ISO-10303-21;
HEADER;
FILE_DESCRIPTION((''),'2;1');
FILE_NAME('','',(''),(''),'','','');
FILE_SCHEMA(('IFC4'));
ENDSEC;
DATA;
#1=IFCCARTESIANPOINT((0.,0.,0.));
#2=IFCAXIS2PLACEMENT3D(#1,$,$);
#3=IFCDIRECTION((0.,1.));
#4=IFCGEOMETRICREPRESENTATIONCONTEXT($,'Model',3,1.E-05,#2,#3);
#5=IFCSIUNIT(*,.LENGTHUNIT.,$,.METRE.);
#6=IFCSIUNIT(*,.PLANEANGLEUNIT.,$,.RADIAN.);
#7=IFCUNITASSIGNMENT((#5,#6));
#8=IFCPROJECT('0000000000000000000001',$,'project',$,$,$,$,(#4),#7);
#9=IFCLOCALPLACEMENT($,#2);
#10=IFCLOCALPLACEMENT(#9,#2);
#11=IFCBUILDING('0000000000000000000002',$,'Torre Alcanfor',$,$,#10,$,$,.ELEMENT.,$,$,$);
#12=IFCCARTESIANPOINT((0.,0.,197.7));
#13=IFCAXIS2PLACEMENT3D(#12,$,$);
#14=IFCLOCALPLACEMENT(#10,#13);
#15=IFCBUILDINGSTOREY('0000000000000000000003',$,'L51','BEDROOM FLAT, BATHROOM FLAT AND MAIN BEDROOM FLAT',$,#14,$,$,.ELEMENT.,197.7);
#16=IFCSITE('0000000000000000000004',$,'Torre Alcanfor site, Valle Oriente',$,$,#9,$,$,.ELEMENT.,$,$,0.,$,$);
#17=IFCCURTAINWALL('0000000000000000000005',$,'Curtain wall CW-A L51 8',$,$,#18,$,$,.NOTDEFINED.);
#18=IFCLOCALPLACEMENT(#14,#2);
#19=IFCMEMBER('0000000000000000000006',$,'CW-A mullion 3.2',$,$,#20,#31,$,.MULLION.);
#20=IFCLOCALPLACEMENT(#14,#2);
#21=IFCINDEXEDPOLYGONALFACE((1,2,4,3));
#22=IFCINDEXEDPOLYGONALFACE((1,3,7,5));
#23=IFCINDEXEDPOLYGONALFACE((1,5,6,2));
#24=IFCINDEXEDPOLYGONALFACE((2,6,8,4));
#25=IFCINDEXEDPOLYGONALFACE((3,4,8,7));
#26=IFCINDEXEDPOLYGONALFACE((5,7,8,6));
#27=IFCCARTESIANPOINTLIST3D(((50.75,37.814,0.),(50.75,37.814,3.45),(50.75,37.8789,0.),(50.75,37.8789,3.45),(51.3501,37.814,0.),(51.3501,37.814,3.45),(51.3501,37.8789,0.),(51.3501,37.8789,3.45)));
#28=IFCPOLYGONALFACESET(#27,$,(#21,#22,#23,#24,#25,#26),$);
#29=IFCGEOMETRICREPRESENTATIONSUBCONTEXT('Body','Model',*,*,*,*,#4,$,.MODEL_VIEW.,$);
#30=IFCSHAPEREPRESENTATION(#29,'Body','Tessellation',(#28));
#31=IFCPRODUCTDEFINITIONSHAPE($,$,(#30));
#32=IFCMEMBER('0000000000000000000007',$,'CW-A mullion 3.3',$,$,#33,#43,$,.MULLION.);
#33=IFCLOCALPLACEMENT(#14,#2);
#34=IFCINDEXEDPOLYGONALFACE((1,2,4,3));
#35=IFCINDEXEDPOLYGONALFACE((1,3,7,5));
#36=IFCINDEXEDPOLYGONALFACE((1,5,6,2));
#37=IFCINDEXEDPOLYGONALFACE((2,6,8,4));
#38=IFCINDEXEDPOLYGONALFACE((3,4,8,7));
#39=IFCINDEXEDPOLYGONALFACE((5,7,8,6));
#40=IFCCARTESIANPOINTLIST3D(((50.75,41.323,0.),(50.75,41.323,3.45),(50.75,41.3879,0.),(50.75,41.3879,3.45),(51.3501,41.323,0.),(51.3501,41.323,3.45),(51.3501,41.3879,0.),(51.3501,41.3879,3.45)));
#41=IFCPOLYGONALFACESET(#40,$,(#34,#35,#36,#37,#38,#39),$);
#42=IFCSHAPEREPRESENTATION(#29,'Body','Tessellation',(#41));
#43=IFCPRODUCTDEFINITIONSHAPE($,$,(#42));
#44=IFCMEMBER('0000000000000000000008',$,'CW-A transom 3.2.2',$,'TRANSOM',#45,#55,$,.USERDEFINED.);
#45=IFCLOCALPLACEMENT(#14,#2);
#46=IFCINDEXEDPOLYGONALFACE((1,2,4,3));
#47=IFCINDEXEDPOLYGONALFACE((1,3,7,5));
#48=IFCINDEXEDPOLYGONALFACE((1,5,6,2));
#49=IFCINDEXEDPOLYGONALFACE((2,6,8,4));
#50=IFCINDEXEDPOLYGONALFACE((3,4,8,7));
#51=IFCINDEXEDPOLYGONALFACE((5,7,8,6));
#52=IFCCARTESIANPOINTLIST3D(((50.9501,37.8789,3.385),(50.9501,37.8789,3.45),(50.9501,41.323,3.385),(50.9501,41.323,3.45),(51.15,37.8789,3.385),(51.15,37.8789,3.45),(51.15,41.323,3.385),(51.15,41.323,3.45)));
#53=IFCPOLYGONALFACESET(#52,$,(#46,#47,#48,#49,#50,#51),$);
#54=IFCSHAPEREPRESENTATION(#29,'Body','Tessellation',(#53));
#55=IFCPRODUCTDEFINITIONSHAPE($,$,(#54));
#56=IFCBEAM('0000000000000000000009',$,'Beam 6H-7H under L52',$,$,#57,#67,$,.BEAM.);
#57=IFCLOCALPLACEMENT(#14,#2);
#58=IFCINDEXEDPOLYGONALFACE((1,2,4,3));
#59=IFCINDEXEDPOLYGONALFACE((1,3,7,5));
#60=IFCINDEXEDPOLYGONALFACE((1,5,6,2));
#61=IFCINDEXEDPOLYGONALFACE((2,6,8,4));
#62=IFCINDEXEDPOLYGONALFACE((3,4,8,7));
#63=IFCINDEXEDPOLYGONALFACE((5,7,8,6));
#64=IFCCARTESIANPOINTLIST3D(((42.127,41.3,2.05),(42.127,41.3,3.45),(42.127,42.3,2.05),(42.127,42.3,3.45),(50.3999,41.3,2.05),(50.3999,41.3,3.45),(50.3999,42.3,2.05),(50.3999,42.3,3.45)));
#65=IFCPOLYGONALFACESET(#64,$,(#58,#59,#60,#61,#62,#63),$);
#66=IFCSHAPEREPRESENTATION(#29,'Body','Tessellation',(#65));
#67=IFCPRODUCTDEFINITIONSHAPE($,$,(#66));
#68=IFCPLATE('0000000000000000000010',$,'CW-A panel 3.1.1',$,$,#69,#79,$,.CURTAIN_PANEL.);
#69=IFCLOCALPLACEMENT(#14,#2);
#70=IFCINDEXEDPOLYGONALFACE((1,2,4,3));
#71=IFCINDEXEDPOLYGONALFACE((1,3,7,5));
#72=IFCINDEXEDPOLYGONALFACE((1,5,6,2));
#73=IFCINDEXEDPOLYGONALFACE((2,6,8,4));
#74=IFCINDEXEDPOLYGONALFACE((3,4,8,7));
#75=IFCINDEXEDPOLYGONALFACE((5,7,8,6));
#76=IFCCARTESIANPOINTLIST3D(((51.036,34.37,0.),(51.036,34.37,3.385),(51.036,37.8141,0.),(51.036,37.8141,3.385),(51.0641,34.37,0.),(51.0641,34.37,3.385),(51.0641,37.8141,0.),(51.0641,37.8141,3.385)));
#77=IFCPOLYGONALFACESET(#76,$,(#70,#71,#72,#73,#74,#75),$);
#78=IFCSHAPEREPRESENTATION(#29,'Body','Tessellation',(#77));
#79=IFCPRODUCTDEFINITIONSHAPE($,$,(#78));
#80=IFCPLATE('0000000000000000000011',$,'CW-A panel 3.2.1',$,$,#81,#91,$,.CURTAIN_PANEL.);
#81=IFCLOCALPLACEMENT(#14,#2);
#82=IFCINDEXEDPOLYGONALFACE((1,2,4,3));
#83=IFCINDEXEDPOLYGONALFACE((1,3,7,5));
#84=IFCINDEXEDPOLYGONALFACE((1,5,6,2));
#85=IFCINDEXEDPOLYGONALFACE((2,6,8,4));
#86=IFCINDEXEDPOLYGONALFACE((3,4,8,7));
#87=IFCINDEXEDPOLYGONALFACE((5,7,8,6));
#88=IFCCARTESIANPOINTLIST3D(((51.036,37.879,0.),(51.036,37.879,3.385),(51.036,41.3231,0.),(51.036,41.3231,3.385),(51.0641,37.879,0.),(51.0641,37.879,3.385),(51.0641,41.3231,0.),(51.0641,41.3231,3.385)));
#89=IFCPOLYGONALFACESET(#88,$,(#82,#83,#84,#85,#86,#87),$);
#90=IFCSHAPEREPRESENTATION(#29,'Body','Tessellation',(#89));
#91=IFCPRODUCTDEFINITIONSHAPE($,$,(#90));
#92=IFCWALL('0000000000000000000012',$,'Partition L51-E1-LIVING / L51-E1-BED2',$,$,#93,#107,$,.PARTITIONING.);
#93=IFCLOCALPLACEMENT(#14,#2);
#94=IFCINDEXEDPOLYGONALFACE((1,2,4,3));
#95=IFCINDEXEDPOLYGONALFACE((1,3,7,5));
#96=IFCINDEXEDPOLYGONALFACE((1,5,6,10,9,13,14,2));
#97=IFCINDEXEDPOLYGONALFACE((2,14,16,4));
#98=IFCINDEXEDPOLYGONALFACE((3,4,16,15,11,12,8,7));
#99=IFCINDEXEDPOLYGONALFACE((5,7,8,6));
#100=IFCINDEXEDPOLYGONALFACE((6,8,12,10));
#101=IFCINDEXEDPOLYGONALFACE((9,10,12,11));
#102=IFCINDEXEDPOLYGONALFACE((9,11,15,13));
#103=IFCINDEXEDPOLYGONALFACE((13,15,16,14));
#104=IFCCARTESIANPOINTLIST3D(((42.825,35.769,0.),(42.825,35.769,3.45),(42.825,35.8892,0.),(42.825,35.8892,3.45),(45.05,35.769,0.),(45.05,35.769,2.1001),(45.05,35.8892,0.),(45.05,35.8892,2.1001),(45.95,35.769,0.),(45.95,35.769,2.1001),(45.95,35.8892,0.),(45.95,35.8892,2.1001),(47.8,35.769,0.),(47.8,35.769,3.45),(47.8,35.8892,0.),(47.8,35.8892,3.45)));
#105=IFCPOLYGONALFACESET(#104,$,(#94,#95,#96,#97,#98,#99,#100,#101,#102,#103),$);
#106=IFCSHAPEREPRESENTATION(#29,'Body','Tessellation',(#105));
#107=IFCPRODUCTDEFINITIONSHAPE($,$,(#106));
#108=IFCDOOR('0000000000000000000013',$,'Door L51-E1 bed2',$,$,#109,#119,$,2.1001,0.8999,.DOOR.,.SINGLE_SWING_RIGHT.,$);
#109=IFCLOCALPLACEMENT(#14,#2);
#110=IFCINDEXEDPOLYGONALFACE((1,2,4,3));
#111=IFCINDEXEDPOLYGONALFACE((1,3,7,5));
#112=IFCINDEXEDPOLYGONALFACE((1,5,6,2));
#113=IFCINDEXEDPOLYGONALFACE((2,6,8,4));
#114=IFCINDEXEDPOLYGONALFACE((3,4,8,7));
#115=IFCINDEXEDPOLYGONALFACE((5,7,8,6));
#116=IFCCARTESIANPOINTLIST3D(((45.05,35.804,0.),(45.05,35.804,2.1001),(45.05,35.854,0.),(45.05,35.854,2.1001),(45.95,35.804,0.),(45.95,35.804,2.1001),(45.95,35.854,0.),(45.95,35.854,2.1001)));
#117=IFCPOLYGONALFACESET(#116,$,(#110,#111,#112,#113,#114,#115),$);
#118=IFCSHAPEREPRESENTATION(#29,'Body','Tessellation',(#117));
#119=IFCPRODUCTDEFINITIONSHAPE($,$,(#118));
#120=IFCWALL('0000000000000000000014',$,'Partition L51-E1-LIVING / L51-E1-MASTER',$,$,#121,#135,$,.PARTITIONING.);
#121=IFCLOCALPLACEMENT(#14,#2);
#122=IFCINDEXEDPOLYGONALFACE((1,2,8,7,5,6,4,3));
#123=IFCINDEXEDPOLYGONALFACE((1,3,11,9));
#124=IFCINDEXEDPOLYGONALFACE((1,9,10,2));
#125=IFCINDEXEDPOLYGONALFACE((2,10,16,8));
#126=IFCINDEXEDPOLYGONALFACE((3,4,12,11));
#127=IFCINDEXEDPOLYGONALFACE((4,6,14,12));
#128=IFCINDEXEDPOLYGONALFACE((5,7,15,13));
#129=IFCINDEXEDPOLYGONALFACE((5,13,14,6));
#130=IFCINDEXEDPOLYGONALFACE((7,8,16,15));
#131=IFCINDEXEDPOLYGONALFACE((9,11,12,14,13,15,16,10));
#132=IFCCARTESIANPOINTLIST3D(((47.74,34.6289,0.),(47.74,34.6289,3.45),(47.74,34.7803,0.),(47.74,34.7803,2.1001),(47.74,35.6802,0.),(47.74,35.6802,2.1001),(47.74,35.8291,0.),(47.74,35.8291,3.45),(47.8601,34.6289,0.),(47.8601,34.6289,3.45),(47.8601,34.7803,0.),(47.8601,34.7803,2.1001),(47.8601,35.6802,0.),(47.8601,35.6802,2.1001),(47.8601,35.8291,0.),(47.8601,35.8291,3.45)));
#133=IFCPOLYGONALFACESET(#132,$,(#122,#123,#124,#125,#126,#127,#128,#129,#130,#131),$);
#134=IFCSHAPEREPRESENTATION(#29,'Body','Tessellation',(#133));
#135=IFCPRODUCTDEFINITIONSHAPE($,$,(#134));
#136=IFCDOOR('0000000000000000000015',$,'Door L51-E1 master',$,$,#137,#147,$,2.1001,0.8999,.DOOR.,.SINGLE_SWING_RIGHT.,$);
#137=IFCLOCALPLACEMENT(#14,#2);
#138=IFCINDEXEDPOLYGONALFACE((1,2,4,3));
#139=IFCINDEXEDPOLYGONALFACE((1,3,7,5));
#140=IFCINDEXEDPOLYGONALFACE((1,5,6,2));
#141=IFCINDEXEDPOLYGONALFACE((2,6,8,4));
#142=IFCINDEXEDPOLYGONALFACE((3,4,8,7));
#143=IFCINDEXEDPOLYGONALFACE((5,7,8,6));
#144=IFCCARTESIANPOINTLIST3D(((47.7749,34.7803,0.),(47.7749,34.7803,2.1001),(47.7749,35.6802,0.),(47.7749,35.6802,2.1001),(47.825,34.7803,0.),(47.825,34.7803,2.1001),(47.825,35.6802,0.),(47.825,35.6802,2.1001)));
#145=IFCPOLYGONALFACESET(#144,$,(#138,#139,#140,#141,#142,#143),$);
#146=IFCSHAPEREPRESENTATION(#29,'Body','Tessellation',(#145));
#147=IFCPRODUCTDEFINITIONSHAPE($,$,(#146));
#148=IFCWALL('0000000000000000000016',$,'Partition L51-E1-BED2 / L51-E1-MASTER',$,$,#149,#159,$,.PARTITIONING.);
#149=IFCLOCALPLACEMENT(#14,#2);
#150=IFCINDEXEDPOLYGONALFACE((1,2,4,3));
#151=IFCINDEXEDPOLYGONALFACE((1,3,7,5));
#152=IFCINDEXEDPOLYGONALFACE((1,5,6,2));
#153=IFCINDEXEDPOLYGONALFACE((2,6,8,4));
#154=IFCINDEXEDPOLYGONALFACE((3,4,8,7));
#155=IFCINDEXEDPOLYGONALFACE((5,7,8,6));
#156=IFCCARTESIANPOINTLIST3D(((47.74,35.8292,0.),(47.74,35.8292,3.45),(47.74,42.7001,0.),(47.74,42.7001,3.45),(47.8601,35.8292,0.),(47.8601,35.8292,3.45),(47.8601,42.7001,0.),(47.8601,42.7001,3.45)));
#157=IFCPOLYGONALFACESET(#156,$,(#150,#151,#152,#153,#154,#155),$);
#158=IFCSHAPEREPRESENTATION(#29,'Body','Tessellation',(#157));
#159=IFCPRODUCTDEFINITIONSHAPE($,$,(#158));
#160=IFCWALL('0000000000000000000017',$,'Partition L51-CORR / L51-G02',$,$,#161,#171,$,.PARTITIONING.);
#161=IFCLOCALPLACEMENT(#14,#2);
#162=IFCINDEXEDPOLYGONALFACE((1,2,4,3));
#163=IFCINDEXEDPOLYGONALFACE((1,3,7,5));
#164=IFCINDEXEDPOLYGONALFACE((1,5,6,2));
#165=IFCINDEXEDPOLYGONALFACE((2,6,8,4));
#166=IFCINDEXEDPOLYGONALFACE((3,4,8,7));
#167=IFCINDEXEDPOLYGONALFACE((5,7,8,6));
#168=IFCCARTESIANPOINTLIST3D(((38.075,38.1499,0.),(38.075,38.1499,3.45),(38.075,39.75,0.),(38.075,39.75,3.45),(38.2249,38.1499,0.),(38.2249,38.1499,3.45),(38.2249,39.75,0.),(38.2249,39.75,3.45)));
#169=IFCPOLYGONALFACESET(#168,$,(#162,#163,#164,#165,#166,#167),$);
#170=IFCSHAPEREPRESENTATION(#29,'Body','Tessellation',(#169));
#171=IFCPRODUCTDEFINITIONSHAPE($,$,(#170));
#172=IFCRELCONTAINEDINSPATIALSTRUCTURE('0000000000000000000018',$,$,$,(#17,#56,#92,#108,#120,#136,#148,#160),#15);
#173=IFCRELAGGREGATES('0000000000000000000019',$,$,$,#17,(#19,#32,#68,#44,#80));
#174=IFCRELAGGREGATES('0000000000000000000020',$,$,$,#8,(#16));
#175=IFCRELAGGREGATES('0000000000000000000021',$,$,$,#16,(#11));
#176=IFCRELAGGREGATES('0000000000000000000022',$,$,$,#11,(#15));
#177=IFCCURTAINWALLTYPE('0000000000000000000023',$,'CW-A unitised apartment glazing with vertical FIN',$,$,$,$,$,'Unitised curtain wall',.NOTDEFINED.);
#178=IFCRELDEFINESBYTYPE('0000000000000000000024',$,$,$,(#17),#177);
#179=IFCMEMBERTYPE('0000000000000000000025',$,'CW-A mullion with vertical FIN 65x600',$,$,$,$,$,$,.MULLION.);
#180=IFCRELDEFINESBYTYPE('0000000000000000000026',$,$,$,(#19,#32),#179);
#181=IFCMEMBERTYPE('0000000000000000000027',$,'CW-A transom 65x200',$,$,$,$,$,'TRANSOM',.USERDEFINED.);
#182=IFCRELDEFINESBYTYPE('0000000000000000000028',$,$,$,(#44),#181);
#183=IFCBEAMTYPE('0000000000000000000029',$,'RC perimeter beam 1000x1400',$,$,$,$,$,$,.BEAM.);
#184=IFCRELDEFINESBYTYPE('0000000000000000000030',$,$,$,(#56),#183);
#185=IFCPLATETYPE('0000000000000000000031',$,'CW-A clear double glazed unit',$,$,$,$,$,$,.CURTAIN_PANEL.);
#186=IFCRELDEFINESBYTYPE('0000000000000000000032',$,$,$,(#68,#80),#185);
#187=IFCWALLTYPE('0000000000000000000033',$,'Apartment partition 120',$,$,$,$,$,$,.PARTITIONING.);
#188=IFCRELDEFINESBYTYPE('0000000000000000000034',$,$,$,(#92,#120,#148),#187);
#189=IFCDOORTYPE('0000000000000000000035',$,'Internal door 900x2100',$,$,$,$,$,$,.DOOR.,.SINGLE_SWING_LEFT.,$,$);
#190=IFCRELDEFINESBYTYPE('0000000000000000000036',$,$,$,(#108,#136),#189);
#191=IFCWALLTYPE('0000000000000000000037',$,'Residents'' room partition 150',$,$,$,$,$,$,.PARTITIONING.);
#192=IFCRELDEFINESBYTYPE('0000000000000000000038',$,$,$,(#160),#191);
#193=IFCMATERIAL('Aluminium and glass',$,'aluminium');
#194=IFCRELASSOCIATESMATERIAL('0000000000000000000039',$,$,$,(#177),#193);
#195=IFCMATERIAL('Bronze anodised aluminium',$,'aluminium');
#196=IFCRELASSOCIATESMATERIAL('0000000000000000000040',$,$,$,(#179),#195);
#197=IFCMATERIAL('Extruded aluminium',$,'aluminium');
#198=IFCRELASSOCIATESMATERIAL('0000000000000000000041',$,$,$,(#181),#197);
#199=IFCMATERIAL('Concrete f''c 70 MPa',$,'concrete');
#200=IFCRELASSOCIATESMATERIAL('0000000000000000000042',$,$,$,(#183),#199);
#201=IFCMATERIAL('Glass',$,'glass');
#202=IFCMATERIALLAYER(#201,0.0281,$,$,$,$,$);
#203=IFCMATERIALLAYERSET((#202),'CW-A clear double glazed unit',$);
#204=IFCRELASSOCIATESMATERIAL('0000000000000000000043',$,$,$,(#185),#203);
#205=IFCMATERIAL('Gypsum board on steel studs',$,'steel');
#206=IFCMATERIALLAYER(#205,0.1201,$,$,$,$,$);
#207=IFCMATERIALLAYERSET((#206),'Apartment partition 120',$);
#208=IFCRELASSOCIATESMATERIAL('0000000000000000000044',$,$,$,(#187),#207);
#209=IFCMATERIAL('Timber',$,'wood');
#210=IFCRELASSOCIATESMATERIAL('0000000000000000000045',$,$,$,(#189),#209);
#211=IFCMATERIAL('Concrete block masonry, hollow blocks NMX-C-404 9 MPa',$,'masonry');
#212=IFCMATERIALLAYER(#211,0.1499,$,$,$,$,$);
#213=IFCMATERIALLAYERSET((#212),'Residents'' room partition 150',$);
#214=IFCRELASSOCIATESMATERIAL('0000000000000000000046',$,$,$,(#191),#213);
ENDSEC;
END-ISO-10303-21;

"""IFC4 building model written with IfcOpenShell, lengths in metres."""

from ifc_helpers import new_model, si_unit, direction, frame, frame_2d, origin, origin_2d, place, context, subcontext, project, spatial, rectangle, extrude, material, layer, layer_set, material_profile, profile_set, type_object, element, fill, aggregate, save


model = new_model("IFC4")

# Units and contexts
model_context = context("Model", 3, precision=1e-05, world=origin(), true_north=direction((0.0, 1.0)))
body_context = subcontext(model_context, "Body", "Model", "MODEL_VIEW")
ifc_project = project(units=[si_unit("LENGTHUNIT", "METRE"), si_unit("PLANEANGLEUNIT", "RADIAN")], contexts=[model_context])

# Site, building, storey
site_placement = place(None, origin())
site = spatial("IfcSite", under=ifc_project, at=site_placement, Name="Torre Alcanfor site, Valle Oriente", CompositionType="ELEMENT", RefElevation=0.0)
building_placement = place(site_placement, origin())
building = spatial("IfcBuilding", under=site, at=building_placement, Name="Torre Alcanfor", CompositionType="ELEMENT")
storey_placement = place(building_placement, frame((0.0, 0.0, 197.7)))
storey = spatial("IfcBuildingStorey", under=building, at=storey_placement, Name="L51", Description="BEDROOM FLAT, BATHROOM FLAT AND MAIN BEDROOM FLAT", CompositionType="ELEMENT", Elevation=197.7)

# Curtain wall, members
ifc_material_1 = material(Name="Aluminium and glass", Category="aluminium")
curtain_wall_type = type_object("IfcCurtainWallType", Name="CW-A unitised apartment glazing with vertical FIN", ElementType="Unitised curtain wall", PredefinedType="NOTDEFINED", material=ifc_material_1)
curtain_wall_placement = place(storey_placement, origin())
curtain_wall = element("IfcCurtainWall", 1, at=curtain_wall_placement, inside=storey, type_object=curtain_wall_type, Name="Curtain wall CW-A L51 8", PredefinedType="NOTDEFINED")
ifc_material_2 = material(Name="Bronze anodised aluminium", Category="aluminium")
ifc_material_profile_1 = material_profile(ifc_material_2, rectangle(XDim=0.6001, YDim=0.0649, at=origin_2d()), Name="CW-A mullion 65x600")
ifc_profile_set_1 = profile_set([ifc_material_profile_1], Name="Bronze anodised aluminium")
member_type_1 = type_object("IfcMemberType", Name="CW-A mullion with vertical FIN 65x600", PredefinedType="MULLION", material=ifc_profile_set_1)
member_1_placement = place(storey_placement, frame((51.05, 37.8464, 0.0), z_axis=(0.0, 0.0, 1.0), x_axis=(-1.0, 0.0, 0.0)))
member_1 = element("IfcMember", 2, at=member_1_placement, type_object=member_type_1, Name="CW-A mullion 3.2", PredefinedType="MULLION", context=body_context, shape_type="SweptSolid", body=[
    extrude(rectangle(XDim=0.6001, YDim=0.0649, at=origin_2d()), origin(), (0.0, 0.0, 1.0), 3.45),
])
member_2_placement = place(storey_placement, frame((51.05, 41.3555, 0.0), z_axis=(0.0, 0.0, 1.0), x_axis=(-1.0, 0.0, 0.0)))
member_2 = element("IfcMember", 3, at=member_2_placement, type_object=member_type_1, Name="CW-A mullion 3.3", PredefinedType="MULLION", context=body_context, shape_type="SweptSolid", body=[
    extrude(rectangle(XDim=0.6001, YDim=0.0649, at=origin_2d()), origin(), (0.0, 0.0, 1.0), 3.45),
])
ifc_material_3 = material(Name="Extruded aluminium", Category="aluminium")
ifc_material_profile_2 = material_profile(ifc_material_3, rectangle(XDim=0.2, YDim=0.0649, at=origin_2d()), Name="CW-A transom 200x65")
ifc_profile_set_2 = profile_set([ifc_material_profile_2], Name="Extruded aluminium")
member_type_2 = type_object("IfcMemberType", Name="CW-A transom 65x200", ElementType="TRANSOM", PredefinedType="USERDEFINED", material=ifc_profile_set_2)
member_3_placement = place(storey_placement, frame((51.05, 37.8789, 3.4175), z_axis=(0.0, 1.0, 0.0), x_axis=(-1.0, 0.0, 0.0)))
member_3 = element("IfcMember", 4, at=member_3_placement, type_object=member_type_2, Name="CW-A transom 3.2.2", ObjectType="TRANSOM", PredefinedType="USERDEFINED", context=body_context, shape_type="SweptSolid", body=[
    extrude(rectangle(XDim=0.2, YDim=0.0649, at=origin_2d()), origin(), (0.0, 0.0, 1.0), 3.4441),
])

# Beam
ifc_material_4 = material(Name="Concrete f'c 70 MPa", Category="concrete")
ifc_material_profile_3 = material_profile(ifc_material_4, rectangle(XDim=1.0, YDim=1.3999, at=origin_2d()), Name="1000x1400")
ifc_profile_set_3 = profile_set([ifc_material_profile_3], Name="Concrete f'c 70 MPa")
beam_type = type_object("IfcBeamType", Name="RC perimeter beam 1000x1400", PredefinedType="BEAM", material=ifc_profile_set_3)
beam_placement = place(storey_placement, frame((42.127, 41.8, 2.75), z_axis=(1.0, 0.0, 0.0), x_axis=(0.0, 1.0, 0.0)))
element("IfcBeam", 5, at=beam_placement, inside=storey, type_object=beam_type, Name="Beam 6H-7H under L52", PredefinedType="BEAM", context=body_context, shape_type="SweptSolid", body=[
    extrude(rectangle(XDim=1.0, YDim=1.3999, at=origin_2d()), origin(), (0.0, 0.0, 1.0), 8.2729),
])

# Plates
ifc_material_5 = material(Name="Glass", Category="glass")
ifc_layer_1 = layer(ifc_material_5, 0.0281)
ifc_layer_set_1 = layer_set([ifc_layer_1], Name="CW-A clear double glazed unit")
plate_type = type_object("IfcPlateType", Name="CW-A clear double glazed unit", PredefinedType="CURTAIN_PANEL", material=ifc_layer_set_1)
plate_1_placement = place(storey_placement, frame((51.05, 36.092, 0.0), z_axis=(0.0, 0.0, 1.0), x_axis=(0.0, 1.0, 0.0)))
plate_1 = element("IfcPlate", 6, at=plate_1_placement, type_object=plate_type, Name="CW-A panel 3.1.1", PredefinedType="CURTAIN_PANEL", context=body_context, shape_type="SweptSolid", body=[
    extrude(rectangle(XDim=3.4441, YDim=0.0281, at=origin_2d()), origin(), (0.0, 0.0, 1.0), 3.385),
])
plate_2_placement = place(storey_placement, frame((51.05, 39.6011, 0.0), z_axis=(0.0, 0.0, 1.0), x_axis=(0.0, 1.0, 0.0)))
plate_2 = element("IfcPlate", 7, at=plate_2_placement, type_object=plate_type, Name="CW-A panel 3.2.1", PredefinedType="CURTAIN_PANEL", context=body_context, shape_type="SweptSolid", body=[
    extrude(rectangle(XDim=3.4441, YDim=0.0281, at=origin_2d()), origin(), (0.0, 0.0, 1.0), 3.385),
])
aggregate(curtain_wall, [member_1, member_2, plate_1, member_3, plate_2])

# Walls, openings, doors
ifc_material_6 = material(Name="Gypsum board on steel studs", Category="steel")
ifc_layer_2 = layer(ifc_material_6, 0.1201)
ifc_layer_set_2 = layer_set([ifc_layer_2], Name="Apartment partition 120")
wall_type_1 = type_object("IfcWallType", Name="Apartment partition 120", PredefinedType="PARTITIONING", material=ifc_layer_set_2)
wall_1_placement = place(storey_placement, frame((42.825, 35.8291, 0.0), z_axis=(0.0, 0.0, 1.0), x_axis=(1.0, 0.0, 0.0)))
wall_1 = element("IfcWall", 8, at=wall_1_placement, inside=storey, type_object=wall_type_1, Name="Partition L51-E1-LIVING / L51-E1-BED2", PredefinedType="PARTITIONING", context=body_context, shape_type="SweptSolid", body=[
    extrude(rectangle(XDim=4.9751, YDim=0.1201, at=frame_2d((2.4875, 0.0))), origin(), (0.0, 0.0, 1.0), 3.45),
])
opening_1_placement = place(wall_1_placement, frame((2.2251, 0.0, 0.0)))
opening_1 = element("IfcOpeningElement", 9, at=opening_1_placement, cuts=wall_1, PredefinedType="OPENING", context=body_context, shape_type="SweptSolid", body=[
    extrude(rectangle(XDim=0.8999, YDim=2.1001, at=frame_2d((0.45, 1.05))), frame((0.0, 0.0701, 0.0), z_axis=(0.0, -1.0, 0.0), x_axis=(1.0, 0.0, 0.0)), (0.0, 0.0, 1.0), 0.1401),
])
ifc_material_7 = material(Name="Timber", Category="wood")
door_type_1 = type_object("IfcDoorType", Name="Internal door 900x2100", OperationType="SINGLE_SWING_LEFT", PredefinedType="DOOR", material=ifc_material_7)
door_1_placement = place(opening_1_placement, origin())
door_1 = element("IfcDoor", 10, at=door_1_placement, inside=storey, type_object=door_type_1, Name="Door L51-E1 bed2", OperationType="SINGLE_SWING_RIGHT", OverallHeight=2.1001, OverallWidth=0.8999, PredefinedType="DOOR", context=body_context, shape_type="SweptSolid", body=[
    extrude(rectangle(XDim=0.8999, YDim=2.1001, at=frame_2d((0.45, 1.05))), frame((0.0, 0.0249, 0.0), z_axis=(0.0, -1.0, 0.0), x_axis=(1.0, 0.0, 0.0)), (0.0, 0.0, 1.0), 0.05),
])
fill(opening_1, door_1)
wall_2_placement = place(storey_placement, frame((47.8, 35.8291, 0.0), z_axis=(0.0, 0.0, 1.0), x_axis=(0.0, -1.0, 0.0)))
wall_2 = element("IfcWall", 11, at=wall_2_placement, inside=storey, type_object=wall_type_1, Name="Partition L51-E1-LIVING / L51-E1-MASTER", PredefinedType="PARTITIONING", context=body_context, shape_type="SweptSolid", body=[
    extrude(rectangle(XDim=1.2002, YDim=0.1201, at=frame_2d((0.6001, 0.0))), origin(), (0.0, 0.0, 1.0), 3.45),
])
opening_2_placement = place(wall_2_placement, frame((0.1489, 0.0, 0.0)))
opening_2 = element("IfcOpeningElement", 12, at=opening_2_placement, cuts=wall_2, PredefinedType="OPENING", context=body_context, shape_type="SweptSolid", body=[
    extrude(rectangle(XDim=0.8999, YDim=2.1001, at=frame_2d((0.45, 1.05))), frame((0.0, 0.0701, 0.0), z_axis=(0.0, -1.0, 0.0), x_axis=(1.0, 0.0, 0.0)), (0.0, 0.0, 1.0), 0.1401),
])
door_2_placement = place(opening_2_placement, origin())
door_2 = element("IfcDoor", 13, at=door_2_placement, inside=storey, type_object=door_type_1, Name="Door L51-E1 master", OperationType="SINGLE_SWING_RIGHT", OverallHeight=2.1001, OverallWidth=0.8999, PredefinedType="DOOR", context=body_context, shape_type="SweptSolid", body=[
    extrude(rectangle(XDim=0.8999, YDim=2.1001, at=frame_2d((0.45, 1.05))), frame((0.0, 0.0249, 0.0), z_axis=(0.0, -1.0, 0.0), x_axis=(1.0, 0.0, 0.0)), (0.0, 0.0, 1.0), 0.05),
])
fill(opening_2, door_2)

# Walls
wall_3_placement = place(storey_placement, frame((47.8, 35.8291, 0.0), z_axis=(0.0, 0.0, 1.0), x_axis=(0.0, 1.0, 0.0)))
element("IfcWall", 14, at=wall_3_placement, inside=storey, type_object=wall_type_1, Name="Partition L51-E1-BED2 / L51-E1-MASTER", PredefinedType="PARTITIONING", context=body_context, shape_type="SweptSolid", body=[
    extrude(rectangle(XDim=6.8708, YDim=0.1201, at=frame_2d((3.4355, 0.0))), origin(), (0.0, 0.0, 1.0), 3.45),
])
ifc_material_8 = material(Name="Concrete block masonry, hollow blocks NMX-C-404 9 MPa", Category="masonry")
ifc_layer_3 = layer(ifc_material_8, 0.1499)
ifc_layer_set_3 = layer_set([ifc_layer_3], Name="Residents' room partition 150")
wall_type_2 = type_object("IfcWallType", Name="Residents' room partition 150", PredefinedType="PARTITIONING", material=ifc_layer_set_3)
wall_4_placement = place(storey_placement, frame((38.1499, 38.1499, 0.0), z_axis=(0.0, 0.0, 1.0), x_axis=(0.0, 1.0, 0.0)))
element("IfcWall", 15, at=wall_4_placement, inside=storey, type_object=wall_type_2, Name="Partition L51-CORR / L51-G02", PredefinedType="PARTITIONING", context=body_context, shape_type="SweptSolid", body=[
    extrude(rectangle(XDim=1.6001, YDim=0.1499, at=frame_2d((0.8, 0.0))), origin(), (0.0, 0.0, 1.0), 3.45),
])

save(model, "model.ifc")
